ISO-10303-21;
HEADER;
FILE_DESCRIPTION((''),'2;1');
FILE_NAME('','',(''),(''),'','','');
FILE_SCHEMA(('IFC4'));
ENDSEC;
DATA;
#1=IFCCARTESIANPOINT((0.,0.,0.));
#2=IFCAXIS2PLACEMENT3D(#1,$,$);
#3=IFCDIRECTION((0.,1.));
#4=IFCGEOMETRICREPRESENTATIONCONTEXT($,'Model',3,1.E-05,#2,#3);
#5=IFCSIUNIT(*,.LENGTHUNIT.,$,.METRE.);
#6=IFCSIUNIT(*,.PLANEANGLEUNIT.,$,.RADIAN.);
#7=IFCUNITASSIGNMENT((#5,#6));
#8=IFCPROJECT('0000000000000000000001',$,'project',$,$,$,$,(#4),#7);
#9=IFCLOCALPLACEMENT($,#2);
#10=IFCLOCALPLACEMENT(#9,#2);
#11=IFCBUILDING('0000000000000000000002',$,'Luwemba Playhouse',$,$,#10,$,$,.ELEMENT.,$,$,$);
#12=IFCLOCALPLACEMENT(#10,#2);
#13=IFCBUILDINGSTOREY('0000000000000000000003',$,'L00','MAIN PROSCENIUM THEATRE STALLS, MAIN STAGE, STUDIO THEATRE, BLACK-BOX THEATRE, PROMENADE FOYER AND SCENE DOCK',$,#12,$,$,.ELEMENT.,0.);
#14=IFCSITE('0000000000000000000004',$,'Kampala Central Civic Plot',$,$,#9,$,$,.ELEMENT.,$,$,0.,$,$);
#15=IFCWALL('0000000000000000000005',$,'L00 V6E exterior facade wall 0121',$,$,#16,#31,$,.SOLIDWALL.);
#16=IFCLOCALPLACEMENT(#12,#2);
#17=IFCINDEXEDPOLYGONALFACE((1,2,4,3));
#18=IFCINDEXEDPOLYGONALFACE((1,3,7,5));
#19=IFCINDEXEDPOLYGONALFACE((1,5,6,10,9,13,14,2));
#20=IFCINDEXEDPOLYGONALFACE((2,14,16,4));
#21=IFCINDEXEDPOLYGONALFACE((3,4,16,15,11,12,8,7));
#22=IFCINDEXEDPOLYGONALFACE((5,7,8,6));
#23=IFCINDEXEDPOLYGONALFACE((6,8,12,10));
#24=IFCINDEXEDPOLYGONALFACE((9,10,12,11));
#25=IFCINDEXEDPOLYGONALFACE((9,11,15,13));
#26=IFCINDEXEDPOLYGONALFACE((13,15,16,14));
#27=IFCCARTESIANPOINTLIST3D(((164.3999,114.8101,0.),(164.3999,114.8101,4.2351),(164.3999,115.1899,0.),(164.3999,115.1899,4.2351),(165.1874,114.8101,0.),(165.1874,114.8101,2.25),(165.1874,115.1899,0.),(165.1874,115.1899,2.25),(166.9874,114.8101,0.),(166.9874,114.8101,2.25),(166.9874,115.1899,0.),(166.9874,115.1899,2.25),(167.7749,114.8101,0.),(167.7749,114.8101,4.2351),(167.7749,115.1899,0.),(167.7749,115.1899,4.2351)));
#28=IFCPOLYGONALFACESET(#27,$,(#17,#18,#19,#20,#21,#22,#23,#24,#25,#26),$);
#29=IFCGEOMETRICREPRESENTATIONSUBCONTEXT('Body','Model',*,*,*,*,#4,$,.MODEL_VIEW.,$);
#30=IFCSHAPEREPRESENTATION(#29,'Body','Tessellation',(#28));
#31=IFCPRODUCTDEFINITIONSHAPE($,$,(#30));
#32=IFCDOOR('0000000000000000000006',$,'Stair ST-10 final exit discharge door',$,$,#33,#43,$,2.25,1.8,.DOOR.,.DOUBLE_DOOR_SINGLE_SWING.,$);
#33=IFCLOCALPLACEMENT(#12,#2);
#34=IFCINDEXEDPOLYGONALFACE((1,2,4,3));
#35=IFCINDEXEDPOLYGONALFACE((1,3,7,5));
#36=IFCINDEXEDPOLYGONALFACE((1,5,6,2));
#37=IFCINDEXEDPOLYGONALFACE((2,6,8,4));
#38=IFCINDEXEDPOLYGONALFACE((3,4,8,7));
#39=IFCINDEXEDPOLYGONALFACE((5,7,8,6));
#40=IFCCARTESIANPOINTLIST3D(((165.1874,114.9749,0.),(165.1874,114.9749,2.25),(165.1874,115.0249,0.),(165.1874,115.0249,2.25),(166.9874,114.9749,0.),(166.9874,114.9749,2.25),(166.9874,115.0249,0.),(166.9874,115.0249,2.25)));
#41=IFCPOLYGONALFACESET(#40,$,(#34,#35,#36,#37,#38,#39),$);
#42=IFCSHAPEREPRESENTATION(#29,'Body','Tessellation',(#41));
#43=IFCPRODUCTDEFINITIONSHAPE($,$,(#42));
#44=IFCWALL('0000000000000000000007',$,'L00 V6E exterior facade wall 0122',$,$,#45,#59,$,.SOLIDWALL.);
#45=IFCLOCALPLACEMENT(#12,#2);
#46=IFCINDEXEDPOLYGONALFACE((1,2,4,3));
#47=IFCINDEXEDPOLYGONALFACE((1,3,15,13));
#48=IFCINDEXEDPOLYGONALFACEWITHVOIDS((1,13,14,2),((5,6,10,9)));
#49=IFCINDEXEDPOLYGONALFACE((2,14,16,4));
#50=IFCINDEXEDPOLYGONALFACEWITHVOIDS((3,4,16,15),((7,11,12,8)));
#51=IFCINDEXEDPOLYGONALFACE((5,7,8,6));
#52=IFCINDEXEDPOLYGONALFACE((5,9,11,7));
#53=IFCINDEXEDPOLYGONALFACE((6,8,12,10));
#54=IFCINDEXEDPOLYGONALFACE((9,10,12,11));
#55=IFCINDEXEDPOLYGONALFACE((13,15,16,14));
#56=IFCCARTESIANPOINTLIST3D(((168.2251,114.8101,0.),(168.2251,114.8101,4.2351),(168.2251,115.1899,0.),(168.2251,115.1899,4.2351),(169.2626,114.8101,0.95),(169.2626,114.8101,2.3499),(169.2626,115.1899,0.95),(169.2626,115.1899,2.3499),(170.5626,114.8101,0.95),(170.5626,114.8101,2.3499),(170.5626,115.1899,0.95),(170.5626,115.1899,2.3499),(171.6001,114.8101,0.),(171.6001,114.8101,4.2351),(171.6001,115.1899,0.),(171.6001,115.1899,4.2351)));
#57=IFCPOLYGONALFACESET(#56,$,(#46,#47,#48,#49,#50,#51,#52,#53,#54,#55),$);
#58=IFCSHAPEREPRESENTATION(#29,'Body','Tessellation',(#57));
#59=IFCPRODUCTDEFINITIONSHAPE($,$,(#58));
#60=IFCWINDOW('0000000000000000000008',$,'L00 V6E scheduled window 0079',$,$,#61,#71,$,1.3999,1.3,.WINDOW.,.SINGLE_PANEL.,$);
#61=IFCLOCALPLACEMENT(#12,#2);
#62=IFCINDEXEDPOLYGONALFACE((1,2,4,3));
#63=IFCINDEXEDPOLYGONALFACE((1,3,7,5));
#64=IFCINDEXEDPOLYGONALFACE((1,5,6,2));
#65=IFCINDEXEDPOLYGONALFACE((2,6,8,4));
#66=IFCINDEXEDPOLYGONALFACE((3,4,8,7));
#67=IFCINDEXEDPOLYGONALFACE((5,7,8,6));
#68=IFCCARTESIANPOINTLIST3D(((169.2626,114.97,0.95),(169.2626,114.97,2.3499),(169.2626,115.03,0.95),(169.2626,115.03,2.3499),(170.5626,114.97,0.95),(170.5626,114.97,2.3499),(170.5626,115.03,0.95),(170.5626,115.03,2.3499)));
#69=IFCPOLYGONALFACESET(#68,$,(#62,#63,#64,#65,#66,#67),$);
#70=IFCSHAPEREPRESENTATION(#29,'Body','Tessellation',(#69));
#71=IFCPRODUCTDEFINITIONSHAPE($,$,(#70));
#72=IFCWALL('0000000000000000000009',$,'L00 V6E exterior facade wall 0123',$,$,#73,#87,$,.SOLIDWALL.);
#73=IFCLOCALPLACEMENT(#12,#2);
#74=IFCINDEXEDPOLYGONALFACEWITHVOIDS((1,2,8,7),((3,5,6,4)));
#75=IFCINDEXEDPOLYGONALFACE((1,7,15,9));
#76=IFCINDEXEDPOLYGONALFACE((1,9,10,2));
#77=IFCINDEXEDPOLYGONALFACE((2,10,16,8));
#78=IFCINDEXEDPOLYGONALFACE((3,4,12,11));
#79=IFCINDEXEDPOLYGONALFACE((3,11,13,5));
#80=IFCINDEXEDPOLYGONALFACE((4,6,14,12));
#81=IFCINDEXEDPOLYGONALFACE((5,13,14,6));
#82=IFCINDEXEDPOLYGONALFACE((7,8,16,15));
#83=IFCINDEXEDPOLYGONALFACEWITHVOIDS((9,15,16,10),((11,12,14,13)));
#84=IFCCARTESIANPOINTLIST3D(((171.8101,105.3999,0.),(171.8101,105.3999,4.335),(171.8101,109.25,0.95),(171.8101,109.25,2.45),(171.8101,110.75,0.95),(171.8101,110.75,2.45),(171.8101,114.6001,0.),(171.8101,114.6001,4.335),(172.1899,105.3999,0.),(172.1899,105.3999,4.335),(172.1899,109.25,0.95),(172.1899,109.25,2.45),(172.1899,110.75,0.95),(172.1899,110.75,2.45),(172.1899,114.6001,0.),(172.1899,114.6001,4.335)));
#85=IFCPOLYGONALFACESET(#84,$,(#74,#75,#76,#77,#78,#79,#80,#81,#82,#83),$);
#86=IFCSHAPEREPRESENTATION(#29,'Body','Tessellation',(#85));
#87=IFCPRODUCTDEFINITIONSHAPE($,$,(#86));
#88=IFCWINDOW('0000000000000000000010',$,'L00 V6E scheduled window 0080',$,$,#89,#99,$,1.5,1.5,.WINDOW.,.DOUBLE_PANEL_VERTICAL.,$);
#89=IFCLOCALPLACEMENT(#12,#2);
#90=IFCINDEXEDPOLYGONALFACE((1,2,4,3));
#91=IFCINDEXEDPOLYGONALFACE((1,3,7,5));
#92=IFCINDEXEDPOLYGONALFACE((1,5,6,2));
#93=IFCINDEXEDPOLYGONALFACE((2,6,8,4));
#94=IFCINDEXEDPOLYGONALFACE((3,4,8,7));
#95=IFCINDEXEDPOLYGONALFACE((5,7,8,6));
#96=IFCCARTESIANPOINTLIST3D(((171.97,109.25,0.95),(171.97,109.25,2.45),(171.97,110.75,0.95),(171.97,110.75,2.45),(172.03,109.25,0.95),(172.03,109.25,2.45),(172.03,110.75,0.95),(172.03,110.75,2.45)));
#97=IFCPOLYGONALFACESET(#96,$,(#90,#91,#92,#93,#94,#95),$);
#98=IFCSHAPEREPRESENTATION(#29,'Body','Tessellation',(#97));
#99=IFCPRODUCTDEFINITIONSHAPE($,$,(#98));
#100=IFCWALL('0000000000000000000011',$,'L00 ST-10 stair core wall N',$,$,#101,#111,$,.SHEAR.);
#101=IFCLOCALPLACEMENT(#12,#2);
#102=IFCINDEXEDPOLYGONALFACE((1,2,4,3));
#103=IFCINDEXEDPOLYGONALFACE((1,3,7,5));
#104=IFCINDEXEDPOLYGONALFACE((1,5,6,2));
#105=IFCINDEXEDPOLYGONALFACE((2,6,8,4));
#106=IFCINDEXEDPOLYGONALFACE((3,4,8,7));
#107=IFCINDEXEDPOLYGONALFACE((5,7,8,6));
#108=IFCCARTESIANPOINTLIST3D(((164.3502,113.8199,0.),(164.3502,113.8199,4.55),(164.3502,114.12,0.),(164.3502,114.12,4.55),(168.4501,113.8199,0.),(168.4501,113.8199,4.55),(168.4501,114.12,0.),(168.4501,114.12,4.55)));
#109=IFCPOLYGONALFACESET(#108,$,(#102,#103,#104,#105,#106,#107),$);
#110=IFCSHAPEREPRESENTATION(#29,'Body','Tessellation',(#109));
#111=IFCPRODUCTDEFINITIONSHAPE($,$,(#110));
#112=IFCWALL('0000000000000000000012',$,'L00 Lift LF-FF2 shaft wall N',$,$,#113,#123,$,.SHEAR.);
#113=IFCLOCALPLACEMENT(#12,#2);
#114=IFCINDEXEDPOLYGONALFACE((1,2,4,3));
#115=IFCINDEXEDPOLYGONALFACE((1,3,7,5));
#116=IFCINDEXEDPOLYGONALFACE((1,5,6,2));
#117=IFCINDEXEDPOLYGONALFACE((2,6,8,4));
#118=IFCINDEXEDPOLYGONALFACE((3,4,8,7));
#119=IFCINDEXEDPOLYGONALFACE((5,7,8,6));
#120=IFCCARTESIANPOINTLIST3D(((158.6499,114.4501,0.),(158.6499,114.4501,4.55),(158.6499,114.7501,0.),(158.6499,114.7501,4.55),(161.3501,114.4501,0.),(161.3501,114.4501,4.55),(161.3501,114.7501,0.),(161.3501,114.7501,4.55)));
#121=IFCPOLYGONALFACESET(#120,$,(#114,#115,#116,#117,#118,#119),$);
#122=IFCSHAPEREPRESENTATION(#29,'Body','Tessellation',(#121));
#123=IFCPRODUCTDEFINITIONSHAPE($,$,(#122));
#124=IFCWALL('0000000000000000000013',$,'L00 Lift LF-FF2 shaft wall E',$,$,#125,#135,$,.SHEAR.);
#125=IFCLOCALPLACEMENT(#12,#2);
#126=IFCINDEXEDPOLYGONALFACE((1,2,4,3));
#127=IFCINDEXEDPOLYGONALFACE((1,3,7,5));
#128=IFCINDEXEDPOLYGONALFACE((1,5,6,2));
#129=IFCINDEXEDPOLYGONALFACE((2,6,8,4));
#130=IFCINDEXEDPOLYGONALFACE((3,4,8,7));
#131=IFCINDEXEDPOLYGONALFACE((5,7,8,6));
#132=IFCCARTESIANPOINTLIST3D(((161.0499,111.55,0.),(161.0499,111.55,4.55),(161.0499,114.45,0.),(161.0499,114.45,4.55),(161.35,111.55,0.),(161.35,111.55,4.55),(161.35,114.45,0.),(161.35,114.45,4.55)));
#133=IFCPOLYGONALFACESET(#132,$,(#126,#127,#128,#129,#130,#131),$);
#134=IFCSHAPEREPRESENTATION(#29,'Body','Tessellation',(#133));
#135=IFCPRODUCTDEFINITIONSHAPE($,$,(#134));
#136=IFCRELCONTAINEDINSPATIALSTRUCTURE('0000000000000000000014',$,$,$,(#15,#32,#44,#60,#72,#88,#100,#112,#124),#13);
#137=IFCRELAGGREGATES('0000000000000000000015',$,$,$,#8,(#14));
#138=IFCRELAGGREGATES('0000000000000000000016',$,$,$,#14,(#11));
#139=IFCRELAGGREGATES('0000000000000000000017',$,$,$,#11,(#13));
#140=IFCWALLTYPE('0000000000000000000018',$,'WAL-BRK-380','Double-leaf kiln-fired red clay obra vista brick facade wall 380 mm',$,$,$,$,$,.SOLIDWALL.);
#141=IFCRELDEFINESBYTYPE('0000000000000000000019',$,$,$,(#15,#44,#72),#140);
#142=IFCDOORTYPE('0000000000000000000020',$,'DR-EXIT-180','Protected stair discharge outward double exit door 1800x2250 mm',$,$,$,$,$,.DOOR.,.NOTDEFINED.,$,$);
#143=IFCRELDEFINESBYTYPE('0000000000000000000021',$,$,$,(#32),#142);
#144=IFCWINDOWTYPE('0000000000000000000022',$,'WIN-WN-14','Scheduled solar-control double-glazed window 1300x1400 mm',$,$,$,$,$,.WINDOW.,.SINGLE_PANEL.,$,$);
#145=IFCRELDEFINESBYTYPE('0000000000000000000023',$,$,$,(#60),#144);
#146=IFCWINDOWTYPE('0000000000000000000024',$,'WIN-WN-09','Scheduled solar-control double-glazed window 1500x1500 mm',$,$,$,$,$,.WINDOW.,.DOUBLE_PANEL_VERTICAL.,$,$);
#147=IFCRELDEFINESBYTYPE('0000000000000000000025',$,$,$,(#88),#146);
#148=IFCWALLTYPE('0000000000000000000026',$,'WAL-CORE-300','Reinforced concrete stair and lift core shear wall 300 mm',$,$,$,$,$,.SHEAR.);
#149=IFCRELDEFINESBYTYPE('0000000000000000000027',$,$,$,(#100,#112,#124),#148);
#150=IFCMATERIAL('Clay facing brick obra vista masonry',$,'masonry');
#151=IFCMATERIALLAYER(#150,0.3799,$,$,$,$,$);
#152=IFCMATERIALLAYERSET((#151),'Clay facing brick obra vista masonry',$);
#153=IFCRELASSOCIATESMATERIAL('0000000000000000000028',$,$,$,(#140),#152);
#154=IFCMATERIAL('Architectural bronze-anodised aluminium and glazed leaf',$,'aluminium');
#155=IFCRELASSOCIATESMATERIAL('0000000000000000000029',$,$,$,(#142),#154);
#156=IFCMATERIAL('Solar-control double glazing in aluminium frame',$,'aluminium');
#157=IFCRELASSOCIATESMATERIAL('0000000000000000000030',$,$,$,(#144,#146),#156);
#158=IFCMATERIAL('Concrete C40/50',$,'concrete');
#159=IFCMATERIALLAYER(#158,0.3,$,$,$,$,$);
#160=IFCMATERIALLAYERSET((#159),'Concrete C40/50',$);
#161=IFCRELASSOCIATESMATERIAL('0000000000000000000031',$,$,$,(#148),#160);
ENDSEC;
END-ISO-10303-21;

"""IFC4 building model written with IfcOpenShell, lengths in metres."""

from ifc_helpers import new_model, si_unit, direction, frame, frame_2d, origin, place, context, subcontext, project, spatial, rectangle, extrude, material, layer, layer_set, type_object, element, fill, save


model = new_model("IFC4")

# Units and contexts
model_context = context("Model", 3, precision=1e-05, world=origin(), true_north=direction((0.0, 1.0)))
body_context = subcontext(model_context, "Body", "Model", "MODEL_VIEW")
ifc_project = project(units=[si_unit("LENGTHUNIT", "METRE"), si_unit("PLANEANGLEUNIT", "RADIAN")], contexts=[model_context])

# Site, building, storey
site_placement = place(None, origin())
site = spatial("IfcSite", under=ifc_project, at=site_placement, Name="Kampala Central Civic Plot", CompositionType="ELEMENT", RefElevation=0.0)
building_placement = place(site_placement, origin())
building = spatial("IfcBuilding", under=site, at=building_placement, Name="Luwemba Playhouse", CompositionType="ELEMENT")
storey_placement = place(building_placement, origin())
storey = spatial("IfcBuildingStorey", under=building, at=storey_placement, Name="L00", Description="MAIN PROSCENIUM THEATRE STALLS, MAIN STAGE, STUDIO THEATRE, BLACK-BOX THEATRE, PROMENADE FOYER AND SCENE DOCK", CompositionType="ELEMENT", Elevation=0.0)

# Shared definitions
ifc_material_1 = material(Name="Concrete C40/50", Category="concrete")

# Shared definitions
ifc_material_2 = material(Name="Clay facing brick obra vista masonry", Category="masonry")
ifc_layer_1 = layer(ifc_material_2, 0.3799)
ifc_layer_set_1 = layer_set([ifc_layer_1], Name="Clay facing brick obra vista masonry")
wall_type_1 = type_object("IfcWallType", Name="WAL-BRK-380", Description="Double-leaf kiln-fired red clay obra vista brick facade wall 380 mm", PredefinedType="SOLIDWALL", material=ifc_layer_set_1)
ifc_material_3 = material(Name="Solar-control double glazing in aluminium frame", Category="aluminium")

# Wall, opening, door
wall_1_placement = place(storey_placement, frame((164.3999, 115.0, 0.0), z_axis=(0.0, 0.0, 1.0), x_axis=(1.0, 0.0, 0.0)))
wall_1 = element("IfcWall", 1, at=wall_1_placement, inside=storey, type_object=wall_type_1, Name="L00 V6E exterior facade wall 0121", PredefinedType="SOLIDWALL", context=body_context, shape_type="SweptSolid", body=[
    extrude(rectangle(XDim=3.375, YDim=0.3799, at=frame_2d((1.6875, 0.0))), origin(), (0.0, 0.0, 1.0), 4.2351),
])
opening_1_placement = place(wall_1_placement, frame((0.7876, 0.0, 0.0)))
opening_1 = element("IfcOpeningElement", 2, at=opening_1_placement, cuts=wall_1, PredefinedType="OPENING", context=body_context, shape_type="SweptSolid", body=[
    extrude(rectangle(XDim=1.8, YDim=2.25, at=frame_2d((0.8999, 1.125))), frame((0.0, 0.2, 0.0), z_axis=(0.0, -1.0, 0.0), x_axis=(1.0, 0.0, 0.0)), (0.0, 0.0, 1.0), 0.3999),
])
ifc_material_4 = material(Name="Architectural bronze-anodised aluminium and glazed leaf", Category="aluminium")
door_type = type_object("IfcDoorType", Name="DR-EXIT-180", Description="Protected stair discharge outward double exit door 1800x2250 mm", OperationType="NOTDEFINED", PredefinedType="DOOR", material=ifc_material_4)
door_placement = place(opening_1_placement, origin())
door = element("IfcDoor", 3, at=door_placement, inside=storey, type_object=door_type, Name="Stair ST-10 final exit discharge door", OperationType="DOUBLE_DOOR_SINGLE_SWING", OverallHeight=2.25, OverallWidth=1.8, PredefinedType="DOOR", context=body_context, shape_type="SweptSolid", body=[
    extrude(rectangle(XDim=1.8, YDim=2.25, at=frame_2d((0.8999, 1.125))), frame((0.0, 0.0249, 0.0), z_axis=(0.0, -1.0, 0.0), x_axis=(1.0, 0.0, 0.0)), (0.0, 0.0, 1.0), 0.05),
])
fill(opening_1, door)

# Walls, openings, windows
wall_2_placement = place(storey_placement, frame((168.2251, 115.0, 0.0), z_axis=(0.0, 0.0, 1.0), x_axis=(1.0, 0.0, 0.0)))
wall_2 = element("IfcWall", 4, at=wall_2_placement, inside=storey, type_object=wall_type_1, Name="L00 V6E exterior facade wall 0122", PredefinedType="SOLIDWALL", context=body_context, shape_type="SweptSolid", body=[
    extrude(rectangle(XDim=3.375, YDim=0.3799, at=frame_2d((1.6875, 0.0))), origin(), (0.0, 0.0, 1.0), 4.2351),
])
opening_2_placement = place(wall_2_placement, frame((1.0376, 0.0, 0.95)))
opening_2 = element("IfcOpeningElement", 5, at=opening_2_placement, cuts=wall_2, PredefinedType="OPENING", context=body_context, shape_type="SweptSolid", body=[
    extrude(rectangle(XDim=1.3, YDim=1.3999, at=frame_2d((0.6499, 0.7))), frame((0.0, 0.2, 0.0), z_axis=(0.0, -1.0, 0.0), x_axis=(1.0, 0.0, 0.0)), (0.0, 0.0, 1.0), 0.3999),
])
window_type_1 = type_object("IfcWindowType", Name="WIN-WN-14", Description="Scheduled solar-control double-glazed window 1300x1400 mm", PartitioningType="SINGLE_PANEL", PredefinedType="WINDOW", material=ifc_material_3)
window_1_placement = place(opening_2_placement, origin())
window_1 = element("IfcWindow", 6, at=window_1_placement, inside=storey, type_object=window_type_1, Name="L00 V6E scheduled window 0079", OverallHeight=1.3999, OverallWidth=1.3, PartitioningType="SINGLE_PANEL", PredefinedType="WINDOW", context=body_context, shape_type="SweptSolid", body=[
    extrude(rectangle(XDim=1.3, YDim=1.3999, at=frame_2d((0.6499, 0.7))), frame((0.0, 0.03, 0.0), z_axis=(0.0, -1.0, 0.0), x_axis=(1.0, 0.0, 0.0)), (0.0, 0.0, 1.0), 0.0601),
])
fill(opening_2, window_1)
wall_3_placement = place(storey_placement, frame((172.0, 114.6001, 0.0), z_axis=(0.0, 0.0, 1.0), x_axis=(0.0, -1.0, 0.0)))
wall_3 = element("IfcWall", 7, at=wall_3_placement, inside=storey, type_object=wall_type_1, Name="L00 V6E exterior facade wall 0123", PredefinedType="SOLIDWALL", context=body_context, shape_type="SweptSolid", body=[
    extrude(rectangle(XDim=9.2002, YDim=0.3799, at=frame_2d((4.6001, 0.0))), origin(), (0.0, 0.0, 1.0), 4.335),
])
opening_3_placement = place(wall_3_placement, frame((3.8501, 0.0, 0.95)))
opening_3 = element("IfcOpeningElement", 8, at=opening_3_placement, cuts=wall_3, PredefinedType="OPENING", context=body_context, shape_type="SweptSolid", body=[
    extrude(rectangle(XDim=1.5, YDim=1.5, at=frame_2d((0.75, 0.75))), frame((0.0, 0.2, 0.0), z_axis=(0.0, -1.0, 0.0), x_axis=(1.0, 0.0, 0.0)), (0.0, 0.0, 1.0), 0.3999),
])
window_type_2 = type_object("IfcWindowType", Name="WIN-WN-09", Description="Scheduled solar-control double-glazed window 1500x1500 mm", PartitioningType="DOUBLE_PANEL_VERTICAL", PredefinedType="WINDOW", material=ifc_material_3)
window_2_placement = place(opening_3_placement, origin())
window_2 = element("IfcWindow", 9, at=window_2_placement, inside=storey, type_object=window_type_2, Name="L00 V6E scheduled window 0080", OverallHeight=1.5, OverallWidth=1.5, PartitioningType="DOUBLE_PANEL_VERTICAL", PredefinedType="WINDOW", context=body_context, shape_type="SweptSolid", body=[
    extrude(rectangle(XDim=1.5, YDim=1.5, at=frame_2d((0.75, 0.75))), frame((0.0, 0.03, 0.0), z_axis=(0.0, -1.0, 0.0), x_axis=(1.0, 0.0, 0.0)), (0.0, 0.0, 1.0), 0.0601),
])
fill(opening_3, window_2)

# Walls
ifc_layer_2 = layer(ifc_material_1, 0.3)
ifc_layer_set_2 = layer_set([ifc_layer_2], Name="Concrete C40/50")
wall_type_2 = type_object("IfcWallType", Name="WAL-CORE-300", Description="Reinforced concrete stair and lift core shear wall 300 mm", PredefinedType="SHEAR", material=ifc_layer_set_2)
wall_4_placement = place(storey_placement, frame((168.45, 113.97, 0.0), z_axis=(0.0, 0.0, 1.0), x_axis=(-1.0, 0.0, 0.0)))
element("IfcWall", 10, at=wall_4_placement, inside=storey, type_object=wall_type_2, Name="L00 ST-10 stair core wall N", PredefinedType="SHEAR", context=body_context, shape_type="SweptSolid", body=[
    extrude(rectangle(XDim=4.0999, YDim=0.3, at=frame_2d((2.0498, 0.0))), origin(), (0.0, 0.0, 1.0), 4.55),
])
wall_5_placement = place(storey_placement, frame((161.3501, 114.6001, 0.0), z_axis=(0.0, 0.0, 1.0), x_axis=(-1.0, 0.0, 0.0)))
element("IfcWall", 11, at=wall_5_placement, inside=storey, type_object=wall_type_2, Name="L00 Lift LF-FF2 shaft wall N", PredefinedType="SHEAR", context=body_context, shape_type="SweptSolid", body=[
    extrude(rectangle(XDim=2.7002, YDim=0.3, at=frame_2d((1.3501, 0.0))), origin(), (0.0, 0.0, 1.0), 4.55),
])
wall_6_placement = place(storey_placement, frame((161.2, 114.45, 0.0), z_axis=(0.0, 0.0, 1.0), x_axis=(0.0, -1.0, 0.0)))
element("IfcWall", 12, at=wall_6_placement, inside=storey, type_object=wall_type_2, Name="L00 Lift LF-FF2 shaft wall E", PredefinedType="SHEAR", context=body_context, shape_type="SweptSolid", body=[
    extrude(rectangle(XDim=2.8999, YDim=0.3, at=frame_2d((1.45, 0.0))), origin(), (0.0, 0.0, 1.0), 4.55),
])

save(model, "model.ifc")
